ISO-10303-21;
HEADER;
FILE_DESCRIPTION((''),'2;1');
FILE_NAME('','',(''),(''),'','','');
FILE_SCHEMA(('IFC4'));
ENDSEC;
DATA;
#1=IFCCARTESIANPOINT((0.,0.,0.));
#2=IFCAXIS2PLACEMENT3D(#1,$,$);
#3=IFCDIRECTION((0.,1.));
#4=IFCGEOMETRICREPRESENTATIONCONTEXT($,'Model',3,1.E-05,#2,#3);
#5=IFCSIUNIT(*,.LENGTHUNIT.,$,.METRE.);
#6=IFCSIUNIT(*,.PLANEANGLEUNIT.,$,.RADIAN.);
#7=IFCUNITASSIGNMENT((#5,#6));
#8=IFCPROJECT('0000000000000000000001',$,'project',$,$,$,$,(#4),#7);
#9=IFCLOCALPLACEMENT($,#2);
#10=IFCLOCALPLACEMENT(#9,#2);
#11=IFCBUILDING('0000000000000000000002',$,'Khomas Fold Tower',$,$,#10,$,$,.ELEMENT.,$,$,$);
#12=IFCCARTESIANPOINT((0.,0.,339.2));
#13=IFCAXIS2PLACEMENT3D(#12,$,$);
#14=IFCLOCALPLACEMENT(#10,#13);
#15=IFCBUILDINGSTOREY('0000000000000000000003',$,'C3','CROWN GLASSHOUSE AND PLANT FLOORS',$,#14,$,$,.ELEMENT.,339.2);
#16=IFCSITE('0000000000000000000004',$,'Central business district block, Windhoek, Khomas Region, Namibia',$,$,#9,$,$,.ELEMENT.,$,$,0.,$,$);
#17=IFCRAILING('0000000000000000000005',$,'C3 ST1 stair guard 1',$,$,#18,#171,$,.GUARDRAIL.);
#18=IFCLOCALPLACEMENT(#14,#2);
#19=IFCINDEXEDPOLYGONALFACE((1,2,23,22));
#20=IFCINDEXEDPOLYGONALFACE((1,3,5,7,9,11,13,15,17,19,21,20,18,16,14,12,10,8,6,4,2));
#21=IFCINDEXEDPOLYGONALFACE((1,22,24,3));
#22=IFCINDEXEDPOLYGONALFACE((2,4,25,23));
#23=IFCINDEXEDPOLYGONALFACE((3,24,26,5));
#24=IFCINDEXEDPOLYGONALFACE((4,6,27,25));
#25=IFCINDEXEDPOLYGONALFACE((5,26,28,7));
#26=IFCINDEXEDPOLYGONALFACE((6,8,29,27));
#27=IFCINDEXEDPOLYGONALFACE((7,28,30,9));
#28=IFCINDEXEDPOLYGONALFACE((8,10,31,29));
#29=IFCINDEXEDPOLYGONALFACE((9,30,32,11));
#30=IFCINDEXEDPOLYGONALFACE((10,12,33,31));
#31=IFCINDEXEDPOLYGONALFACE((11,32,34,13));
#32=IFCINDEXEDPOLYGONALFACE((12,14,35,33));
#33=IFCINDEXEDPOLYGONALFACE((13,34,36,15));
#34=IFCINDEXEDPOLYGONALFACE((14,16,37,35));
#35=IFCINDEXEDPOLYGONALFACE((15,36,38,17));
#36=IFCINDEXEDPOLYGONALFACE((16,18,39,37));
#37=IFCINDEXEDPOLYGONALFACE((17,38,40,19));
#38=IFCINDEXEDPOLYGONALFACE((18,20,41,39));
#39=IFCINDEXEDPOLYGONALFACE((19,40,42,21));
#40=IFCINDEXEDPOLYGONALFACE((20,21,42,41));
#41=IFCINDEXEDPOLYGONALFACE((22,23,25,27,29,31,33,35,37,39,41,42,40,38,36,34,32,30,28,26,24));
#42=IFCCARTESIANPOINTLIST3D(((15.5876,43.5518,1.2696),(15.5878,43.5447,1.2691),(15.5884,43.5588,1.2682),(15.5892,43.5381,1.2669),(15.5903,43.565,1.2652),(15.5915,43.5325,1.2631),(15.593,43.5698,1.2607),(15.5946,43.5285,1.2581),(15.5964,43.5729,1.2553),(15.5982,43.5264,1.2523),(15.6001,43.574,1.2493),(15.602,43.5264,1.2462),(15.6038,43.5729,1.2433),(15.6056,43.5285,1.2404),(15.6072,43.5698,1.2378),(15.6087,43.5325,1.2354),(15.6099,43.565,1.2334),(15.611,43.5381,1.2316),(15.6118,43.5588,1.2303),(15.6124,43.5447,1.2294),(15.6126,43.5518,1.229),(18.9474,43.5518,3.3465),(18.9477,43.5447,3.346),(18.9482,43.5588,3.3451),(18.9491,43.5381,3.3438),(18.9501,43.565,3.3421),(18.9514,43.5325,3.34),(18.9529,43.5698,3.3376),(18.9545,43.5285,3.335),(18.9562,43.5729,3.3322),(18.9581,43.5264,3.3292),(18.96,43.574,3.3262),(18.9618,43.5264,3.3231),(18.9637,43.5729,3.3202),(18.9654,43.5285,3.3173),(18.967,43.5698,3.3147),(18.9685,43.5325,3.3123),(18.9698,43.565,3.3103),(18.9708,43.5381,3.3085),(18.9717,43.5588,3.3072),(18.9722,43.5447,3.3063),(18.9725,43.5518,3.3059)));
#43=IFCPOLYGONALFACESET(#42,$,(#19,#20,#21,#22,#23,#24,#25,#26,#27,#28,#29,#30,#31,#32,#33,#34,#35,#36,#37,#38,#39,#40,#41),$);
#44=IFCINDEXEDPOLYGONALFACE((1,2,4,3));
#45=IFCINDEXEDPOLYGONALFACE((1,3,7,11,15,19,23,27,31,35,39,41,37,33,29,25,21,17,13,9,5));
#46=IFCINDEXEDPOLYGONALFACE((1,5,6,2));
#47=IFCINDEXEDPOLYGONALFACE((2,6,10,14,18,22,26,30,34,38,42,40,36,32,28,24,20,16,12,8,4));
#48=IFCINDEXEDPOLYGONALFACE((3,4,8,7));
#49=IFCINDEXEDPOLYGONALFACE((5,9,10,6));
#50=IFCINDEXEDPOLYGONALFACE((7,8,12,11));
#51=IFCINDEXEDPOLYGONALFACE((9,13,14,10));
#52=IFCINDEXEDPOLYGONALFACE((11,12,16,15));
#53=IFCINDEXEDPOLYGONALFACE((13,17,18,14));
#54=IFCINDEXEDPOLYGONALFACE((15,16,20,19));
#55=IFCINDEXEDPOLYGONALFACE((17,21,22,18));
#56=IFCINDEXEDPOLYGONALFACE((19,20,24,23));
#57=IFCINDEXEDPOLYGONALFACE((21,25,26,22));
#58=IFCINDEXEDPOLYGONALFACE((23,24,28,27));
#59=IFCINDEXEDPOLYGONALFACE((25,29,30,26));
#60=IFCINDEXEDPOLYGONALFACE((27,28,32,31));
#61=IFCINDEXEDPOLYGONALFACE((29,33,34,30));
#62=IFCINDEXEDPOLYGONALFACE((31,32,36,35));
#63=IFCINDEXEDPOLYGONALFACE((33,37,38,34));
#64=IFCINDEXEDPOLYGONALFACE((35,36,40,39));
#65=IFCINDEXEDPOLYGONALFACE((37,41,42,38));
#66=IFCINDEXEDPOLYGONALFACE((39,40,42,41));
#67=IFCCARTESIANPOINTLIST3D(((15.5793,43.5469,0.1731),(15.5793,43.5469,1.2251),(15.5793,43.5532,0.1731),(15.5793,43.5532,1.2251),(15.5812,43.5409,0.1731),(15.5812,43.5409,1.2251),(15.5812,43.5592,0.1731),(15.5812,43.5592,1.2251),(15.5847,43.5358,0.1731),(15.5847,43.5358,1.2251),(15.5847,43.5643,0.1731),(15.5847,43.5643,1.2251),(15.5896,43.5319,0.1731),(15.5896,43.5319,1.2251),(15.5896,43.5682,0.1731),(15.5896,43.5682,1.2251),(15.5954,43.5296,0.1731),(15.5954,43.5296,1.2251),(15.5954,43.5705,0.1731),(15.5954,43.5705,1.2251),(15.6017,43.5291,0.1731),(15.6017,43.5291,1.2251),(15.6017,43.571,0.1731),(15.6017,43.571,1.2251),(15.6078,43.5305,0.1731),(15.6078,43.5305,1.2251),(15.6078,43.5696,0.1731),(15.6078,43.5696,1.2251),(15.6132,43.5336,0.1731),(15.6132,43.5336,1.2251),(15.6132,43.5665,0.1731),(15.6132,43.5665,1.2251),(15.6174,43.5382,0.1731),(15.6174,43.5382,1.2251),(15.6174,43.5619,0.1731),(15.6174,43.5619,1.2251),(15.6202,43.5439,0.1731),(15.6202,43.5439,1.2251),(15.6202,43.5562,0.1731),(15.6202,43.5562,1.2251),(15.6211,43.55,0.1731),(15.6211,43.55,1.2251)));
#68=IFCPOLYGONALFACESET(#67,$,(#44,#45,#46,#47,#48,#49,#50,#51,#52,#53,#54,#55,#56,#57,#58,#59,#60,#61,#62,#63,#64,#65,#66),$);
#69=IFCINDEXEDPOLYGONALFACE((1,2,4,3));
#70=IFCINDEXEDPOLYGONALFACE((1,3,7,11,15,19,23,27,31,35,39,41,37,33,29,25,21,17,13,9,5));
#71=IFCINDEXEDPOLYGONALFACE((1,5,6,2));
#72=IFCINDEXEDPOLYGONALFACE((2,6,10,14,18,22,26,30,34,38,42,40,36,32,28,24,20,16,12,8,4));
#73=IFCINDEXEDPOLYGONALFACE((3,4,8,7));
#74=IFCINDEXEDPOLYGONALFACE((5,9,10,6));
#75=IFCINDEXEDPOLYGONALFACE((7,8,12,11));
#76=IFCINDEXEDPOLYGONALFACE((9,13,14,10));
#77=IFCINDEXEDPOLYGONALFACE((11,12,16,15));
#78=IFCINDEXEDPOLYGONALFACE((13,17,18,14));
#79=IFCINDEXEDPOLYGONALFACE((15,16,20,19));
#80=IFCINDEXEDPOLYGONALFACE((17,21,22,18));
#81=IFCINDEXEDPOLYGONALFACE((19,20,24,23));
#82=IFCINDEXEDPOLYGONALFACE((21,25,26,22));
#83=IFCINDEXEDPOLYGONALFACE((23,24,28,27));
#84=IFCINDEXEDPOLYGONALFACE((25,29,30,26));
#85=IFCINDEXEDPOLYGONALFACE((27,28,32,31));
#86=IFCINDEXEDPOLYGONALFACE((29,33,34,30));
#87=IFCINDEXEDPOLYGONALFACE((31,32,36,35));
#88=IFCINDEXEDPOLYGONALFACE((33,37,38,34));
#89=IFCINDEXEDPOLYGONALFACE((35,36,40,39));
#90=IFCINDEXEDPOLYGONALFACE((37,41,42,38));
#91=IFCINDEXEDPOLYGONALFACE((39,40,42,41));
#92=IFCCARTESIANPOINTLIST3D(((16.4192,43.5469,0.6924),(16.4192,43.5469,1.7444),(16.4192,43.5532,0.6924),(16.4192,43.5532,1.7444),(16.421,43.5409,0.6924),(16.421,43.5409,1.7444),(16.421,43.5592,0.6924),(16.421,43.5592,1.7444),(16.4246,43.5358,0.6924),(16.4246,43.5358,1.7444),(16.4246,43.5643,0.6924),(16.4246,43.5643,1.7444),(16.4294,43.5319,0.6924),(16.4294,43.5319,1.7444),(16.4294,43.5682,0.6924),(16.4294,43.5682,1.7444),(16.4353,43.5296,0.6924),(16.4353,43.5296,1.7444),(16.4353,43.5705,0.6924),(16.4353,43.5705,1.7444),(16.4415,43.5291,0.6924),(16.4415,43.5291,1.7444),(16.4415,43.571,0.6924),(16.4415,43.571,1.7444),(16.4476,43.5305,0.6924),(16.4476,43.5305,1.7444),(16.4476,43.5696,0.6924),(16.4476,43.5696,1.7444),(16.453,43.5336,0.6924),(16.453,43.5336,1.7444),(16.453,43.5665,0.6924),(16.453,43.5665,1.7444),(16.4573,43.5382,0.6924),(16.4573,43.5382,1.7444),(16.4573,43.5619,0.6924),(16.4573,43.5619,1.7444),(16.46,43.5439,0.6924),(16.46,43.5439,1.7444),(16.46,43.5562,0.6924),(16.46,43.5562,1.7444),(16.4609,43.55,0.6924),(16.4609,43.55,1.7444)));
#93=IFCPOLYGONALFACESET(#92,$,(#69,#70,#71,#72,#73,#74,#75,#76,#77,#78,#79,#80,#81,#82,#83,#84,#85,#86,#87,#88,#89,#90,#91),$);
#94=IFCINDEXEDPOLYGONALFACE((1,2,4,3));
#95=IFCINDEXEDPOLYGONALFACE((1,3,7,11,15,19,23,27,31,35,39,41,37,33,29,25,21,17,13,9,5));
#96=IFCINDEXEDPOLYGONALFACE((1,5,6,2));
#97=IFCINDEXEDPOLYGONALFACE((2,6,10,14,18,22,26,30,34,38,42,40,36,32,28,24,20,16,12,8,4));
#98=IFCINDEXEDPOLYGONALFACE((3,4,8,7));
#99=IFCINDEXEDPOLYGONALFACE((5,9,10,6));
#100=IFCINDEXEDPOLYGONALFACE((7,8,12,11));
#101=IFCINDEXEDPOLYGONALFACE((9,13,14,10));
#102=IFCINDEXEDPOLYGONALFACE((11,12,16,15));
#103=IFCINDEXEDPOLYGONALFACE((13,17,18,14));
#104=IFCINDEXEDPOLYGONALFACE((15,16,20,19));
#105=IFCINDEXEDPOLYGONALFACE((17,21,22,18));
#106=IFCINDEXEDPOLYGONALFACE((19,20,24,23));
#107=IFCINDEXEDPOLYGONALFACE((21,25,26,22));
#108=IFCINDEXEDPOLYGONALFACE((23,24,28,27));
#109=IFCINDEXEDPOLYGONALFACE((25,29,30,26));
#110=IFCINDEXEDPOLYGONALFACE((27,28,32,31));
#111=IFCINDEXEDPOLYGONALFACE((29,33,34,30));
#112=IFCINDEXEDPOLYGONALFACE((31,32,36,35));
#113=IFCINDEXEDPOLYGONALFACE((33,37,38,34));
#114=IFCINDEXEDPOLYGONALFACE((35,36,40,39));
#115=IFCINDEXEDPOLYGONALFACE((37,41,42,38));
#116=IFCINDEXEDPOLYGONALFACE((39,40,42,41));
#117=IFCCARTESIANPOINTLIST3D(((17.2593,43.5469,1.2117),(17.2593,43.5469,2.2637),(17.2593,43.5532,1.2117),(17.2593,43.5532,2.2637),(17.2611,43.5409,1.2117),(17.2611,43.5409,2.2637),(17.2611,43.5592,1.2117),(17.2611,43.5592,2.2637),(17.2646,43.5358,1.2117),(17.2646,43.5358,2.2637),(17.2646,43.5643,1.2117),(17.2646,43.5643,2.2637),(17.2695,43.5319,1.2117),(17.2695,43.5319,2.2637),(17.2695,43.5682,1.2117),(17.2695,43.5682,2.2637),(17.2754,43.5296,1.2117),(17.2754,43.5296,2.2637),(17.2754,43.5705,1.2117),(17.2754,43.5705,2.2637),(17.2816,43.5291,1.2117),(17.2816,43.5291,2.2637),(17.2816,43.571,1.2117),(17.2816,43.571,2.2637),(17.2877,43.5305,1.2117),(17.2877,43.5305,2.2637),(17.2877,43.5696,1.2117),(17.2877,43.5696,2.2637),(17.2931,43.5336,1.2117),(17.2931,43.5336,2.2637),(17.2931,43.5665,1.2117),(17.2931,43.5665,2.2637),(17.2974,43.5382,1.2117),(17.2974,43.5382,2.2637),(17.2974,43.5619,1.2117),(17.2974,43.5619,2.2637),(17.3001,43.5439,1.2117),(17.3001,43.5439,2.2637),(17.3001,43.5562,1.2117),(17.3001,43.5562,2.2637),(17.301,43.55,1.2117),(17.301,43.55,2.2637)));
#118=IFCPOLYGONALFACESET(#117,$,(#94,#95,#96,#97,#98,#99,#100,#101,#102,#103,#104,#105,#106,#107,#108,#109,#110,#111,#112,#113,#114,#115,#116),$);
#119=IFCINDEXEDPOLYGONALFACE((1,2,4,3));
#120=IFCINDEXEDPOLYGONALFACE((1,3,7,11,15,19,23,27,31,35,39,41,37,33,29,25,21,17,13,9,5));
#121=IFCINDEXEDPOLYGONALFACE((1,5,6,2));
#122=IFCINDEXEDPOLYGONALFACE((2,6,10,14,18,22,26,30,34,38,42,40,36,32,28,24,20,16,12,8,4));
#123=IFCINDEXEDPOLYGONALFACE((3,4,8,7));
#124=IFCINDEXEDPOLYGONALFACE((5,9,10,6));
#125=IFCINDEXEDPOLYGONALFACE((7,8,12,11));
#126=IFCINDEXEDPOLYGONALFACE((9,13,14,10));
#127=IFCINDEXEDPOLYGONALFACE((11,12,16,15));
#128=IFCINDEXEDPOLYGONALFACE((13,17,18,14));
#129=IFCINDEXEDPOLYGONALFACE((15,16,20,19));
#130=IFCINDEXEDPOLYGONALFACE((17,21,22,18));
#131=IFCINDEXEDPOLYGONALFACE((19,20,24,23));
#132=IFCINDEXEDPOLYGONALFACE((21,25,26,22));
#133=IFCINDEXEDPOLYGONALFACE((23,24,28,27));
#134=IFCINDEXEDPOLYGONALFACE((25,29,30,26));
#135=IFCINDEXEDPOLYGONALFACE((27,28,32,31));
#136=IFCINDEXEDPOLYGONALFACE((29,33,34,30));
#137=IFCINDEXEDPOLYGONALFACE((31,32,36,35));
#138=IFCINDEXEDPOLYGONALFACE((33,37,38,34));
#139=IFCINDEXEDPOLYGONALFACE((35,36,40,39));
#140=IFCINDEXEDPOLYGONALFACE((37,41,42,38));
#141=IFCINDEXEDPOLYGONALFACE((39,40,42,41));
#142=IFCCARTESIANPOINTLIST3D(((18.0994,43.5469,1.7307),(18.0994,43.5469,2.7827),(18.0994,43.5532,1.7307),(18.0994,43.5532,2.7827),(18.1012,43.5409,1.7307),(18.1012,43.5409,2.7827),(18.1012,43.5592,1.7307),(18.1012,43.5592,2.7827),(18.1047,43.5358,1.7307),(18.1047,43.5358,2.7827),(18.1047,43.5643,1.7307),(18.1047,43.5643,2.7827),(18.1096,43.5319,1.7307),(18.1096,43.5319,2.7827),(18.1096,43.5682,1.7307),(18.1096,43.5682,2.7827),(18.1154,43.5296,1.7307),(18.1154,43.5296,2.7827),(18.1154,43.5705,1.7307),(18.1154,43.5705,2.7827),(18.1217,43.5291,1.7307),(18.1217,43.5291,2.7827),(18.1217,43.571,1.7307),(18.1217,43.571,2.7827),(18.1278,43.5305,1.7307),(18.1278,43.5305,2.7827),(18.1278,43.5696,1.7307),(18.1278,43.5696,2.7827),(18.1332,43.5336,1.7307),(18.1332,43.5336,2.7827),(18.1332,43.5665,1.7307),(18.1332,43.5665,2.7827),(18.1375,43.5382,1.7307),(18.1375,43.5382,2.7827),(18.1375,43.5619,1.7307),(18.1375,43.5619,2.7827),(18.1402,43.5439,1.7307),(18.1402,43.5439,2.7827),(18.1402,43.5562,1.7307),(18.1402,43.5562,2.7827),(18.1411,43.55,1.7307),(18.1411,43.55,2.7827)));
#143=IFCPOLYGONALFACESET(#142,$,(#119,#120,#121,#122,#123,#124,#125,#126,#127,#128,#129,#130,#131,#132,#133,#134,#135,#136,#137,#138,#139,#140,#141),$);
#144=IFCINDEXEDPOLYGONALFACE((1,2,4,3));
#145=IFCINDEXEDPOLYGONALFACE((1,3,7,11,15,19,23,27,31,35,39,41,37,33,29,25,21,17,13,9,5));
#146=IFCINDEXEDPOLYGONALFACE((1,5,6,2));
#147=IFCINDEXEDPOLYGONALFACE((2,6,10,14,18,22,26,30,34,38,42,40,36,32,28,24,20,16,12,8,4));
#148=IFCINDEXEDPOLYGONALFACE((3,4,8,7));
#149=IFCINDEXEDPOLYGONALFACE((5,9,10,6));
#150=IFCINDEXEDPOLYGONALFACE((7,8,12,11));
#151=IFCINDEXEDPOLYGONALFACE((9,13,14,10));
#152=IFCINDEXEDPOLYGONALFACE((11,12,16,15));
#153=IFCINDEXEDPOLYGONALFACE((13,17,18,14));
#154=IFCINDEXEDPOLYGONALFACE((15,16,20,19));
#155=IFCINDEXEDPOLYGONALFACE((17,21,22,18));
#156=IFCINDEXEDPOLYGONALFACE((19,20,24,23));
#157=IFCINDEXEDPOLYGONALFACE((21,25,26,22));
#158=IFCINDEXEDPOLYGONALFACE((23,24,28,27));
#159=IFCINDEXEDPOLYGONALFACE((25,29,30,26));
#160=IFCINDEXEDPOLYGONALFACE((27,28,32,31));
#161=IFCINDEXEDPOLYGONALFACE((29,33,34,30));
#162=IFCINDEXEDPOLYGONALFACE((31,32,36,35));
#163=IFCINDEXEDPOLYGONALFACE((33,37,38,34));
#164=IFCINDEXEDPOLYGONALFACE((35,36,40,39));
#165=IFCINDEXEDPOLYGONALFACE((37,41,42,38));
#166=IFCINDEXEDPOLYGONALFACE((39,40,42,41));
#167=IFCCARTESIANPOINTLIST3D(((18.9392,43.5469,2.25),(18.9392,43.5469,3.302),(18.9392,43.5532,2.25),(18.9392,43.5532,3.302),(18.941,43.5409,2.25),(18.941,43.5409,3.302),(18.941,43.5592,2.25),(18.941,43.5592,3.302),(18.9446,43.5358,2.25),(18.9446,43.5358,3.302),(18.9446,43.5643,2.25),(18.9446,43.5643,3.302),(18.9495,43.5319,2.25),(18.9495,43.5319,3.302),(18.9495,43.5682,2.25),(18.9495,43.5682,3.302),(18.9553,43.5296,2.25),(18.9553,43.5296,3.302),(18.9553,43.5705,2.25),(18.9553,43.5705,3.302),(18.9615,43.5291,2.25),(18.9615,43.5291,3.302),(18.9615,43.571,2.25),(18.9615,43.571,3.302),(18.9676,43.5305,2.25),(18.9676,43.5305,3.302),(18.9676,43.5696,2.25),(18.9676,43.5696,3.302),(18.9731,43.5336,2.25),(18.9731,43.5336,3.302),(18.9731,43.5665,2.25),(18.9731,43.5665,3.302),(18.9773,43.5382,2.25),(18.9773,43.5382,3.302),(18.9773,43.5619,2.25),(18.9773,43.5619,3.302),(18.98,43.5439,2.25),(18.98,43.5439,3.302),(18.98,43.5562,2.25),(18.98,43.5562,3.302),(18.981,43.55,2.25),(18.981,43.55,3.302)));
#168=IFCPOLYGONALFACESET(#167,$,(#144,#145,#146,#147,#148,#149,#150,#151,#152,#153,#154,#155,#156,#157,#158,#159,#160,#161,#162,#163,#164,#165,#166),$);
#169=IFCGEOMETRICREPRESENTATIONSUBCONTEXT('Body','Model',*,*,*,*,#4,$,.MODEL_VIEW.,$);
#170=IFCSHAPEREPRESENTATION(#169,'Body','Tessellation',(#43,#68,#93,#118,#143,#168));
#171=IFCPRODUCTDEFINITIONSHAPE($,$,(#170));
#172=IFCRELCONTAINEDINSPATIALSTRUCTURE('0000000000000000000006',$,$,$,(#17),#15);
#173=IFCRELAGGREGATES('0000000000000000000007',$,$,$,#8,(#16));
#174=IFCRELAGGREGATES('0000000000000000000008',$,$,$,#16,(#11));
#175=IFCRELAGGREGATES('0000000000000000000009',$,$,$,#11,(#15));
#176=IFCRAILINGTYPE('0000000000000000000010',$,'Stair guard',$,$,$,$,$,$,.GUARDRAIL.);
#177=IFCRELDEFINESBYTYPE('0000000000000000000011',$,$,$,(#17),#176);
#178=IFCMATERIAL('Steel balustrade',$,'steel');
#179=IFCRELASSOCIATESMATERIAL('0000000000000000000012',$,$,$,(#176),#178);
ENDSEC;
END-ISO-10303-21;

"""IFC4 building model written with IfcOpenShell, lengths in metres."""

from ifc_helpers import new_model, si_unit, direction, frame, origin, origin_2d, place, context, subcontext, project, spatial, circle, extrude, source, transform, mapped, material, type_object, element, save


model = new_model("IFC4")

# Units and contexts
model_context = context("Model", 3, precision=1e-05, world=origin(), true_north=direction((0.0, 1.0)))
body_context = subcontext(model_context, "Body", "Model", "MODEL_VIEW")
ifc_project = project(units=[si_unit("LENGTHUNIT", "METRE"), si_unit("PLANEANGLEUNIT", "RADIAN")], contexts=[model_context])

# Site, building, storey
site_placement = place(None, origin())
site = spatial("IfcSite", under=ifc_project, at=site_placement, Name="Central business district block, Windhoek, Khomas Region, Namibia", CompositionType="ELEMENT", RefElevation=0.0)
building_placement = place(site_placement, origin())
building = spatial("IfcBuilding", under=site, at=building_placement, Name="Khomas Fold Tower", CompositionType="ELEMENT")
storey_placement = place(building_placement, frame((0.0, 0.0, 339.2)))
storey = spatial("IfcBuildingStorey", under=building, at=storey_placement, Name="C3", Description="CROWN GLASSHOUSE AND PLANT FLOORS", CompositionType="ELEMENT", Elevation=339.2)

# Railing
ifc_material_1 = material(Name="Steel balustrade", Category="steel")
railing_type_1 = type_object("IfcRailingType", Name="Stair guard", PredefinedType="GUARDRAIL", material=ifc_material_1)
shared_shape_1 = source(origin(), body_context, "Body", "SweptSolid", [
    extrude(circle(Radius=0.0239, at=origin_2d()), frame((0.0, 0.0, 1.0762), z_axis=(0.850606, 0.0, 0.525803), x_axis=(0.0, 1.0, 0.0)), (0.0, 0.0, 1.0), 3.95),
    extrude(circle(Radius=0.021, at=origin_2d()), origin(), (0.0, 0.0, 1.0), 1.052),
    extrude(circle(Radius=0.021, at=origin_2d()), frame((0.8398, 0.0, 0.5193)), (0.0, 0.0, 1.0), 1.052),
    extrude(circle(Radius=0.021, at=origin_2d()), frame((1.6799, 0.0, 1.0386)), (0.0, 0.0, 1.0), 1.052),
    extrude(circle(Radius=0.021, at=origin_2d()), frame((2.52, 0.0, 1.5576)), (0.0, 0.0, 1.0), 1.052),
    extrude(circle(Radius=0.021, at=origin_2d()), frame((3.3599, 0.0, 2.0769)), (0.0, 0.0, 1.0), 1.052),
])
railing_1_placement = place(storey_placement, frame((15.6001, 43.55, 0.1731)))
element("IfcRailing", 1, at=railing_1_placement, inside=storey, type_object=railing_type_1, Name="C3 ST1 stair guard 1", PredefinedType="GUARDRAIL", context=body_context, shape_type="MappedRepresentation", body=[
    mapped(shared_shape_1, transform((0.0, 0.0, 0.0))),
])

save(model, "model.ifc")
